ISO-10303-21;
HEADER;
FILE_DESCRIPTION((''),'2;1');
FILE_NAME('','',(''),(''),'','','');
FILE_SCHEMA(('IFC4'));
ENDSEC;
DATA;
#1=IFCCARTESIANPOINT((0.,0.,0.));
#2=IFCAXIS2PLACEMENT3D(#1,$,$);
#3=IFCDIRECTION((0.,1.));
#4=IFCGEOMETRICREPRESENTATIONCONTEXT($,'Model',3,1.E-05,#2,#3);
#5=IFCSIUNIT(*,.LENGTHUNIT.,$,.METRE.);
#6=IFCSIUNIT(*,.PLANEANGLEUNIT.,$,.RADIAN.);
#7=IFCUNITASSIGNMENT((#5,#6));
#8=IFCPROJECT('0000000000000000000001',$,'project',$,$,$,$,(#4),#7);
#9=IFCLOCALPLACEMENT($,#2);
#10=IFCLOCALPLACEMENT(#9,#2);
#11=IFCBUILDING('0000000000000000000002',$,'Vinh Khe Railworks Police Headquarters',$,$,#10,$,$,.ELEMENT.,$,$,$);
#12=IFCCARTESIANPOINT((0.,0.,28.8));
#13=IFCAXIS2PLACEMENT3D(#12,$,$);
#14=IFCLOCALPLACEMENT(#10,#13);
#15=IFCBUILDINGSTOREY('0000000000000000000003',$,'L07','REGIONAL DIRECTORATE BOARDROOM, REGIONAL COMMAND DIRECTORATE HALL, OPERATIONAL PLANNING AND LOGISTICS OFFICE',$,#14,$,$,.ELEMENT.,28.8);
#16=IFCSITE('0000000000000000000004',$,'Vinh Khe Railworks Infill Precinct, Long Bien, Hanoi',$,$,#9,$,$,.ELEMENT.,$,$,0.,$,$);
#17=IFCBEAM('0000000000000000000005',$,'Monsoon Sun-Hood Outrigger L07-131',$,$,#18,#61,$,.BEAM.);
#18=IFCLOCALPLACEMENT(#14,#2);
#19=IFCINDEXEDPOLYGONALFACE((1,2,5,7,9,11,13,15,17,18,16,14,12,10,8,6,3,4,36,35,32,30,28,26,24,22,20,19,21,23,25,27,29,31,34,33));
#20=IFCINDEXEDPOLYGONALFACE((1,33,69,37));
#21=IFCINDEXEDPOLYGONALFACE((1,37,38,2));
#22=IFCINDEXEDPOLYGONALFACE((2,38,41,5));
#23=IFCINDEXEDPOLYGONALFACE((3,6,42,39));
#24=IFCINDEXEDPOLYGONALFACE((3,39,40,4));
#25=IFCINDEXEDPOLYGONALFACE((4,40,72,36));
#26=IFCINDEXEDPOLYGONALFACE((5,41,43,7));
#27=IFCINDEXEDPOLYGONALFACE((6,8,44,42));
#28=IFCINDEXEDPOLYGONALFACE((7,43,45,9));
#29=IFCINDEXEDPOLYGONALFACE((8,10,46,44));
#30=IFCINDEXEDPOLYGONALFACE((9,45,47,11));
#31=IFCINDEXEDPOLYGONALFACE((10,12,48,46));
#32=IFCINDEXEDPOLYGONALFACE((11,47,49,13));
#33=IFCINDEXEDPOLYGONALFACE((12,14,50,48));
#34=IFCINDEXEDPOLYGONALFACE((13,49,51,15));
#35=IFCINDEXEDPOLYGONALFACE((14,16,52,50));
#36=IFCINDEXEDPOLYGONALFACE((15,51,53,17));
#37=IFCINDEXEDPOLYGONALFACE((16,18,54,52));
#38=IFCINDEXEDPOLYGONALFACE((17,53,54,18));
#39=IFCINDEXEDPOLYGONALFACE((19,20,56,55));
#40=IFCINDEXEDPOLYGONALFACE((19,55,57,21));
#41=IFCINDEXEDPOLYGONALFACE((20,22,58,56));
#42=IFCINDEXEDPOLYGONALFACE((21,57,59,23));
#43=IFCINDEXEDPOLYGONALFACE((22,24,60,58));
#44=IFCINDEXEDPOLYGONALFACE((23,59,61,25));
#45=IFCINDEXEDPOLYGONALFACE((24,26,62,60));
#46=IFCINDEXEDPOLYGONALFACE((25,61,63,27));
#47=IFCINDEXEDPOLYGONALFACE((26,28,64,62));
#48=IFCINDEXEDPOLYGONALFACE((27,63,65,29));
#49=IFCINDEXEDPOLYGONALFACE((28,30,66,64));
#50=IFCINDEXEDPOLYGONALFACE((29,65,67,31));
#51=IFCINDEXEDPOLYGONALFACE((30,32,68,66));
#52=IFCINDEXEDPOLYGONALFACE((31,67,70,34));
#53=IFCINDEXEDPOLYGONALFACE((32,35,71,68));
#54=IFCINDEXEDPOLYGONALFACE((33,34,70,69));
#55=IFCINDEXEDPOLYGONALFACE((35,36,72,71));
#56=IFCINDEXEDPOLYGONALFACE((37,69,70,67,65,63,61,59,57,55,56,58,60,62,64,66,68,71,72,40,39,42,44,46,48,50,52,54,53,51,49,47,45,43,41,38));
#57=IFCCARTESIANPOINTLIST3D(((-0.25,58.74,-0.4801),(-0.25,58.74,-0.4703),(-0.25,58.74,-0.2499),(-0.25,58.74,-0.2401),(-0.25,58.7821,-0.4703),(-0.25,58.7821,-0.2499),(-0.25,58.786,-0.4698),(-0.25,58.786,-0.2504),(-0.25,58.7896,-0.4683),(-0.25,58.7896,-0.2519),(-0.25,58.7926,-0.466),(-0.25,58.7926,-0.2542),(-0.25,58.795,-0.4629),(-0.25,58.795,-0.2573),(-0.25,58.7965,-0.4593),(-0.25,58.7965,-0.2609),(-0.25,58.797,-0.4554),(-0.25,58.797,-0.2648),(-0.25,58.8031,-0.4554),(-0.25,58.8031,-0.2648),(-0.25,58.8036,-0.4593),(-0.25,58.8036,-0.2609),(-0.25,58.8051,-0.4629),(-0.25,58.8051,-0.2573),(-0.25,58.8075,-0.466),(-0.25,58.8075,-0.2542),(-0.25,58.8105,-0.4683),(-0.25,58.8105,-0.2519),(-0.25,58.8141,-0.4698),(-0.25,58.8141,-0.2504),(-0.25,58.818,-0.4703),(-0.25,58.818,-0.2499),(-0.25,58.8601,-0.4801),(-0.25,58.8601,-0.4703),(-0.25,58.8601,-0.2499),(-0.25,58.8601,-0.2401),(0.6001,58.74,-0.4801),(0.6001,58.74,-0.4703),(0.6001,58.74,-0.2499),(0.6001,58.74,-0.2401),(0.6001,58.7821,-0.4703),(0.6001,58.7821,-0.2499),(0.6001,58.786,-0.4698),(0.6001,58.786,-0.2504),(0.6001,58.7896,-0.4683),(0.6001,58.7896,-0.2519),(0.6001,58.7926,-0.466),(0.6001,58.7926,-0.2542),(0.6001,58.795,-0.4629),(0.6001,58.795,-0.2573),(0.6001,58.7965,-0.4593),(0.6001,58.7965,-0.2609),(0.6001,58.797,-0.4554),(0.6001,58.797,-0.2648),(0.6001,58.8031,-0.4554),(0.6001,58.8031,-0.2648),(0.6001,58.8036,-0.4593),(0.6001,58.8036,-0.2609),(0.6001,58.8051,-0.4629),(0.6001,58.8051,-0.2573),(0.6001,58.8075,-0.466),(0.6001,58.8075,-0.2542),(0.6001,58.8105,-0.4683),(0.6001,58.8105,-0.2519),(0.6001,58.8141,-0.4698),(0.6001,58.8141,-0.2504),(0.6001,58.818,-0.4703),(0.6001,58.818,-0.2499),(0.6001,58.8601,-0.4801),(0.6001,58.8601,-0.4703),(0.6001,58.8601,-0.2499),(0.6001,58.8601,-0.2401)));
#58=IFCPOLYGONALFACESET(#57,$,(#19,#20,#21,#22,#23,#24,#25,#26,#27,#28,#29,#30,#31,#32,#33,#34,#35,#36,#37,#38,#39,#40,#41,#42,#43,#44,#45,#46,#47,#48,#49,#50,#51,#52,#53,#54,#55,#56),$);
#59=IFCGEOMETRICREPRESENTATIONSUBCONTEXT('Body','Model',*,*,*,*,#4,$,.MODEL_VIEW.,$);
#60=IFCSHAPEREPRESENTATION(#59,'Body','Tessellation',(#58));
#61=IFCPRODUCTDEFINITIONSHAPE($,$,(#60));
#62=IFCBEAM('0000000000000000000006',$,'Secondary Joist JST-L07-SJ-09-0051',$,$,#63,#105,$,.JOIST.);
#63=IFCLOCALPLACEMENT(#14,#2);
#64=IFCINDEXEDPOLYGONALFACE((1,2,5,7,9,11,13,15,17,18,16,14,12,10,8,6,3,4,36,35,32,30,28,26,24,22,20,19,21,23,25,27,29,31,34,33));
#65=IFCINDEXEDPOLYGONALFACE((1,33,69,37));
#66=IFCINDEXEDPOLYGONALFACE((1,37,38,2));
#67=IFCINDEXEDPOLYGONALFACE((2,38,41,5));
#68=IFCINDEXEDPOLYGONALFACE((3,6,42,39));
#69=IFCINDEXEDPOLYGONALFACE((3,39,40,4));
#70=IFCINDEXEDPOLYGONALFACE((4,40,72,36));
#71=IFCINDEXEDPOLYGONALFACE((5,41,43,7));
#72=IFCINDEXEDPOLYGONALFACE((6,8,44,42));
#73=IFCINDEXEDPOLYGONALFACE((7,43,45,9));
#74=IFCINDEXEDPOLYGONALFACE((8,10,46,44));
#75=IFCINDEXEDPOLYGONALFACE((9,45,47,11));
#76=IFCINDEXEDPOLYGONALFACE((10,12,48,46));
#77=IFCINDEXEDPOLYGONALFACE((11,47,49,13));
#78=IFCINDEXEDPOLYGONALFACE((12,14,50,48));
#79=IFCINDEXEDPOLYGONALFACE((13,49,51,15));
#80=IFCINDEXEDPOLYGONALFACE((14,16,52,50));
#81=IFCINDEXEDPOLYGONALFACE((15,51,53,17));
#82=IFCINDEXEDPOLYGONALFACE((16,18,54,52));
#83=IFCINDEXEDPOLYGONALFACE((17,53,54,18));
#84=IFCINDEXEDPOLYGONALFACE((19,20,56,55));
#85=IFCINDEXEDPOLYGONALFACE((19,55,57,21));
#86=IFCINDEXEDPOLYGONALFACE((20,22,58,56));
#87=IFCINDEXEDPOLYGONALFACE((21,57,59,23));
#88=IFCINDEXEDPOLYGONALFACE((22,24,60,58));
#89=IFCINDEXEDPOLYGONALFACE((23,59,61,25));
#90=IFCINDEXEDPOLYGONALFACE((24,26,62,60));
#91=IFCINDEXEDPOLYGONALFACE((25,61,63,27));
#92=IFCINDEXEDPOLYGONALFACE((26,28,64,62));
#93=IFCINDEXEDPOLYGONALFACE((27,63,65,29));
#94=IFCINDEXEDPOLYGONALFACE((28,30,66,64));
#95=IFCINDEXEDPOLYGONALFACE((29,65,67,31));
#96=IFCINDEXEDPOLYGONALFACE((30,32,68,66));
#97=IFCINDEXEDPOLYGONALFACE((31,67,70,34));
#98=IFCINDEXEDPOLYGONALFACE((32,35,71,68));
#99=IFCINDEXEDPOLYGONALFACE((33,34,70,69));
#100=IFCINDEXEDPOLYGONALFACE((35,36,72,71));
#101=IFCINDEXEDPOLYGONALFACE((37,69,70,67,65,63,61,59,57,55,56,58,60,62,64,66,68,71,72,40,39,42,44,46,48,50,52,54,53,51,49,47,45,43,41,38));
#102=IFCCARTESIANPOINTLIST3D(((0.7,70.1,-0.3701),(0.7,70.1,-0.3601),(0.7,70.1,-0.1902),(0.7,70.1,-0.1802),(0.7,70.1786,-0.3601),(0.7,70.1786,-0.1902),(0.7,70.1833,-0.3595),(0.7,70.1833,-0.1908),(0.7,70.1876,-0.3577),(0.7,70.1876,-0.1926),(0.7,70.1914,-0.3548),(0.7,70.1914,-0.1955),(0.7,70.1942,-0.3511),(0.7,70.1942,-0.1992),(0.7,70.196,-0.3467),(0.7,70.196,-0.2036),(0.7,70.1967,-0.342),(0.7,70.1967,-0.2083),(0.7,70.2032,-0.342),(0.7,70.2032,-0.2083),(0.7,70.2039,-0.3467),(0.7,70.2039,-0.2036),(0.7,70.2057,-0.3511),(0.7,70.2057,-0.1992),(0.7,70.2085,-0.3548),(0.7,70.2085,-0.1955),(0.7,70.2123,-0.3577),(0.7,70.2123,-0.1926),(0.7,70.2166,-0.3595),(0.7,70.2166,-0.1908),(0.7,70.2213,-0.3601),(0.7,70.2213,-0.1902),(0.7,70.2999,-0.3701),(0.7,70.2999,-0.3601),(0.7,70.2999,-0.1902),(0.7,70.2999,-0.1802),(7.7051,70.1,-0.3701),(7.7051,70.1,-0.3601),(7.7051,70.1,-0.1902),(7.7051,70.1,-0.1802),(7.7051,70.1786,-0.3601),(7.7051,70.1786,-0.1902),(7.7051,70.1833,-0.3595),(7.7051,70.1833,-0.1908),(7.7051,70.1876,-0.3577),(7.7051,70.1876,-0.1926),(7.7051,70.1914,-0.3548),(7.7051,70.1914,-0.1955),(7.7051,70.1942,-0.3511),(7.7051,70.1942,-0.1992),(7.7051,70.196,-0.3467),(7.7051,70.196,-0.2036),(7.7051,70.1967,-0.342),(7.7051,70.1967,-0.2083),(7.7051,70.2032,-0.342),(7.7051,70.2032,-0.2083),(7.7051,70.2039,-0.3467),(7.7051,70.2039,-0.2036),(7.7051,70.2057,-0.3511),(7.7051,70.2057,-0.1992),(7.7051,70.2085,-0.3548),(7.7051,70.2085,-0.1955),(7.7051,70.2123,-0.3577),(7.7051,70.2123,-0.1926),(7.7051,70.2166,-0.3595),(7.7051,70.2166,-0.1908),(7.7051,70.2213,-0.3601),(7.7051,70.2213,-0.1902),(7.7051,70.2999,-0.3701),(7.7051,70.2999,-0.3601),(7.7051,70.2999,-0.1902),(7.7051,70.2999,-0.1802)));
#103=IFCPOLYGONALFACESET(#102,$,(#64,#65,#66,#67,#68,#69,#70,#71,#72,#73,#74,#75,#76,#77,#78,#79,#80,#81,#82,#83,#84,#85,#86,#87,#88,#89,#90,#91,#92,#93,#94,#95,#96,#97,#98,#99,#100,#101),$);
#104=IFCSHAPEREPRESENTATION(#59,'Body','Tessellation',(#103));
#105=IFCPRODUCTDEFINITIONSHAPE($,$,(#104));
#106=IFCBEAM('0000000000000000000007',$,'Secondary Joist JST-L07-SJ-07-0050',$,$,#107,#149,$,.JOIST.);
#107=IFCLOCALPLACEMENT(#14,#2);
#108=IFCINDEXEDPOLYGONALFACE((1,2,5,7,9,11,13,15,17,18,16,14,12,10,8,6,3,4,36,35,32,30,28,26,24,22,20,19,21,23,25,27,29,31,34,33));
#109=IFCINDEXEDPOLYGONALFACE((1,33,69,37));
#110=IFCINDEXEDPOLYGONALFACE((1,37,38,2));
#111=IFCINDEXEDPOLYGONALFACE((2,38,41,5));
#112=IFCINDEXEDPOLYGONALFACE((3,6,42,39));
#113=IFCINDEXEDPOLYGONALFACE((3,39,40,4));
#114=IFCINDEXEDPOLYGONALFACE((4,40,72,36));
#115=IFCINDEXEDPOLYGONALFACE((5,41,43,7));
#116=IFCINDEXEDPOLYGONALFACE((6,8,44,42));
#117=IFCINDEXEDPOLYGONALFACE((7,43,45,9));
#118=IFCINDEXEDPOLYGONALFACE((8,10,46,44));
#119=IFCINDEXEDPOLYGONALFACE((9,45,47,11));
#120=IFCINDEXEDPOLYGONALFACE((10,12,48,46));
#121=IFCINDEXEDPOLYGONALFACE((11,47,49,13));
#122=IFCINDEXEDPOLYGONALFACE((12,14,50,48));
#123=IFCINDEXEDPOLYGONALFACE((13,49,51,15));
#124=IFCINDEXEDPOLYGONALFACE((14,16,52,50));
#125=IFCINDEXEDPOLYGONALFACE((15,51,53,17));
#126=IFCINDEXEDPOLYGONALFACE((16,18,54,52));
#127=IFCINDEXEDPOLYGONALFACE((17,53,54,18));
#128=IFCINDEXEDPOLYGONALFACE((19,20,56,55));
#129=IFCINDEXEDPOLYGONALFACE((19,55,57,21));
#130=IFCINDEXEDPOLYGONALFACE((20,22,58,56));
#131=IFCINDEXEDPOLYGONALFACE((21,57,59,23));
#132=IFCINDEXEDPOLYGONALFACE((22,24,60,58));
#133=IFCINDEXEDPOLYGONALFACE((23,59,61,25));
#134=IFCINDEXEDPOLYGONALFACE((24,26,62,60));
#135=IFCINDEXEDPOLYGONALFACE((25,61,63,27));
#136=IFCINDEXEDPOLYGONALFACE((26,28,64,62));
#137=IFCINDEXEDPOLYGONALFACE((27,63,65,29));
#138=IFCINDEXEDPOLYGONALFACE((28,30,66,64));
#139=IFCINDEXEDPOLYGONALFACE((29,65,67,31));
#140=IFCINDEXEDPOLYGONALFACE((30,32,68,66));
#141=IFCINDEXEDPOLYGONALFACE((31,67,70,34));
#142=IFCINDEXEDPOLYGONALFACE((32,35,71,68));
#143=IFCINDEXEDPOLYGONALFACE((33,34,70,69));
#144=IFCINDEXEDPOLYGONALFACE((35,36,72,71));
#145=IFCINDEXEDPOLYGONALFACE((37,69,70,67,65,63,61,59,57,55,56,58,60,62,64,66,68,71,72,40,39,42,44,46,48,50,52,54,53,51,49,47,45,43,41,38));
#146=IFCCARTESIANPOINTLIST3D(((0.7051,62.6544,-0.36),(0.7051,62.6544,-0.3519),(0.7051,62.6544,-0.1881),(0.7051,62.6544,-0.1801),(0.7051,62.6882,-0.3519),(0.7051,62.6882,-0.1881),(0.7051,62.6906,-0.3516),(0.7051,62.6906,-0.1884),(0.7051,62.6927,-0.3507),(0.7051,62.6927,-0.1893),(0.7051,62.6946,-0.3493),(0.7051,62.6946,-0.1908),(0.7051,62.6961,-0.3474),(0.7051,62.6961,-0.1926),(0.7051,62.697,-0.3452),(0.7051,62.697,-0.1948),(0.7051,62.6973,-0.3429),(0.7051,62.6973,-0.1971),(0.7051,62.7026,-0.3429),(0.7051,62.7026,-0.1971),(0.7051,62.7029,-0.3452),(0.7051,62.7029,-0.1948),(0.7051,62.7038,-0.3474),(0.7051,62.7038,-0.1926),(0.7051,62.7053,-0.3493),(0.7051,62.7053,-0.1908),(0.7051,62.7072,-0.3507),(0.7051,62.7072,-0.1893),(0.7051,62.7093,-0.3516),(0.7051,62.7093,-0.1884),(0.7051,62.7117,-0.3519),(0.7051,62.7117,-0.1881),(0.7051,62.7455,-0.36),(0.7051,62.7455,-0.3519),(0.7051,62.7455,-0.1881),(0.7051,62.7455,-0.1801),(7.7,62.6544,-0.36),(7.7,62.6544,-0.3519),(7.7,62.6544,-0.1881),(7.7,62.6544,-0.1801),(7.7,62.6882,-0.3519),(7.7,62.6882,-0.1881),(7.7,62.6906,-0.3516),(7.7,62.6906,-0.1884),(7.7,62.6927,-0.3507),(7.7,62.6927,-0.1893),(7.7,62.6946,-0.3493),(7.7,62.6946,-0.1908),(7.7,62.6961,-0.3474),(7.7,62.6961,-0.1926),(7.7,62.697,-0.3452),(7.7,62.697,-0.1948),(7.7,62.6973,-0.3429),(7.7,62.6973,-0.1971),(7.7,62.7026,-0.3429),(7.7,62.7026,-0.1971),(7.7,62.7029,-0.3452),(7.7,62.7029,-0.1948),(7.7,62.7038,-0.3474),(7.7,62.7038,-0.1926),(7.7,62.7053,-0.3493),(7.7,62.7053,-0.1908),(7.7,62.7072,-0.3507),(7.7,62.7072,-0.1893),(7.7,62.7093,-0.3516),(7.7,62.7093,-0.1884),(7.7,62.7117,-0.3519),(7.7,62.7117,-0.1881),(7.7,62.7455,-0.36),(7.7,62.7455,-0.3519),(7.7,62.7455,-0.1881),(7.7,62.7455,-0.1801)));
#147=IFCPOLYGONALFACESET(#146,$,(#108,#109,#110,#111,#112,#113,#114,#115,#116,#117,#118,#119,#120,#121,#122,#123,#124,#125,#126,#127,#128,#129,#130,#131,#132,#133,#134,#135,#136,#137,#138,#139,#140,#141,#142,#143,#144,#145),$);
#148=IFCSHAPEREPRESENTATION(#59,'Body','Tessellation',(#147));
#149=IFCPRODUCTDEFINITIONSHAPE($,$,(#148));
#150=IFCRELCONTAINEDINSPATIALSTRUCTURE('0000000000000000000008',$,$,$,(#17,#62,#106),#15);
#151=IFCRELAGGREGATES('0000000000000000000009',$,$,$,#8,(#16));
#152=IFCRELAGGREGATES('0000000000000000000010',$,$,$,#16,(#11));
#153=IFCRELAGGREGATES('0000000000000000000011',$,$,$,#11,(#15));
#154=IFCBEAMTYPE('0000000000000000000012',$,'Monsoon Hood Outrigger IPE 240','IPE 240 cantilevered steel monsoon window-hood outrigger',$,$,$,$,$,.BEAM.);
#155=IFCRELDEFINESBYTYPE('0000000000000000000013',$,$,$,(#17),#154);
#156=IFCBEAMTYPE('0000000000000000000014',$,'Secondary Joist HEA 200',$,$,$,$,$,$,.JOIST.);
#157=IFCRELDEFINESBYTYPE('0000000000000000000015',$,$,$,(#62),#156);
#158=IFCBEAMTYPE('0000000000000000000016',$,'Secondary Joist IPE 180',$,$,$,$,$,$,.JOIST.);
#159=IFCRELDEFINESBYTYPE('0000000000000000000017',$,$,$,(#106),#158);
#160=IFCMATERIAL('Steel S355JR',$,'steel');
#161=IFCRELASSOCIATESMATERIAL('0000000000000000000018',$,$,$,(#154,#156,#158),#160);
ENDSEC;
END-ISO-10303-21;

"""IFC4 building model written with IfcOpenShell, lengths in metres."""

from ifc_helpers import new_model, si_unit, direction, frame, origin, origin_2d, place, context, subcontext, project, spatial, i_section, extrude, material, material_profile, profile_set, type_object, element, save


model = new_model("IFC4")

# Units and contexts
model_context = context("Model", 3, precision=1e-05, world=origin(), true_north=direction((0.0, 1.0)))
body_context = subcontext(model_context, "Body", "Model", "MODEL_VIEW")
ifc_project = project(units=[si_unit("LENGTHUNIT", "METRE"), si_unit("PLANEANGLEUNIT", "RADIAN")], contexts=[model_context])

# Site, building, storey
site_placement = place(None, origin())
site = spatial("IfcSite", under=ifc_project, at=site_placement, Name="Vinh Khe Railworks Infill Precinct, Long Bien, Hanoi", CompositionType="ELEMENT", RefElevation=0.0)
building_placement = place(site_placement, origin())
building = spatial("IfcBuilding", under=site, at=building_placement, Name="Vinh Khe Railworks Police Headquarters", CompositionType="ELEMENT")
storey_placement = place(building_placement, frame((0.0, 0.0, 28.8)))
storey = spatial("IfcBuildingStorey", under=building, at=storey_placement, Name="L07", Description="REGIONAL DIRECTORATE BOARDROOM, REGIONAL COMMAND DIRECTORATE HALL, OPERATIONAL PLANNING AND LOGISTICS OFFICE", CompositionType="ELEMENT", Elevation=28.8)

# Shared definitions
ifc_material_1 = material(Name="Steel S355JR", Category="steel")

# Beams
ifc_material_profile_1 = material_profile(ifc_material_1, i_section(OverallWidth=0.1201, OverallDepth=0.24, WebThickness=0.0061, FlangeThickness=0.0098, FilletRadius=0.0149, at=origin_2d()), Name="IPE 240")
ifc_profile_set_1 = profile_set([ifc_material_profile_1], Name="Steel S355JR")
beam_type_1 = type_object("IfcBeamType", Name="Monsoon Hood Outrigger IPE 240", Description="IPE 240 cantilevered steel monsoon window-hood outrigger", PredefinedType="BEAM", material=ifc_profile_set_1)
beam_1_placement = place(storey_placement, frame((-0.25, 58.8, -0.3601), z_axis=(1.0, 0.0, 0.0), x_axis=(0.0, 1.0, 0.0)))
element("IfcBeam", 1, at=beam_1_placement, inside=storey, type_object=beam_type_1, Name="Monsoon Sun-Hood Outrigger L07-131", PredefinedType="BEAM", context=body_context, shape_type="SweptSolid", body=[
    extrude(i_section(OverallWidth=0.1201, OverallDepth=0.24, WebThickness=0.0061, FlangeThickness=0.0098, FilletRadius=0.0149, at=origin_2d()), origin(), (0.0, 0.0, 1.0), 0.8501),
])
ifc_material_profile_2 = material_profile(ifc_material_1, i_section(OverallWidth=0.2, OverallDepth=0.1899, WebThickness=0.0066, FlangeThickness=0.01, FilletRadius=0.0181, at=origin_2d()), Name="HEA 200")
ifc_profile_set_2 = profile_set([ifc_material_profile_2], Name="Steel S355JR")
beam_type_2 = type_object("IfcBeamType", Name="Secondary Joist HEA 200", PredefinedType="JOIST", material=ifc_profile_set_2)
beam_2_placement = place(storey_placement, frame((0.7, 70.2, -0.2751), z_axis=(1.0, 0.0, 0.0), x_axis=(0.0, 1.0, 0.0)))
element("IfcBeam", 2, at=beam_2_placement, inside=storey, type_object=beam_type_2, Name="Secondary Joist JST-L07-SJ-09-0051", PredefinedType="JOIST", context=body_context, shape_type="SweptSolid", body=[
    extrude(i_section(OverallWidth=0.2, OverallDepth=0.1899, WebThickness=0.0066, FlangeThickness=0.01, FilletRadius=0.0181, at=origin_2d()), origin(), (0.0, 0.0, 1.0), 7.0051),
])
ifc_material_profile_3 = material_profile(ifc_material_1, i_section(OverallWidth=0.0911, OverallDepth=0.1799, WebThickness=0.0054, FlangeThickness=0.0081, FilletRadius=0.009, at=origin_2d()), Name="IPE 180")
ifc_profile_set_3 = profile_set([ifc_material_profile_3], Name="Steel S355JR")
beam_type_3 = type_object("IfcBeamType", Name="Secondary Joist IPE 180", PredefinedType="JOIST", material=ifc_profile_set_3)
beam_3_placement = place(storey_placement, frame((0.7051, 62.7, -0.27), z_axis=(1.0, 0.0, 0.0), x_axis=(0.0, 1.0, 0.0)))
element("IfcBeam", 3, at=beam_3_placement, inside=storey, type_object=beam_type_3, Name="Secondary Joist JST-L07-SJ-07-0050", PredefinedType="JOIST", context=body_context, shape_type="SweptSolid", body=[
    extrude(i_section(OverallWidth=0.0911, OverallDepth=0.1799, WebThickness=0.0054, FlangeThickness=0.0081, FilletRadius=0.009, at=origin_2d()), origin(), (0.0, 0.0, 1.0), 6.9949),
])

save(model, "model.ifc")
